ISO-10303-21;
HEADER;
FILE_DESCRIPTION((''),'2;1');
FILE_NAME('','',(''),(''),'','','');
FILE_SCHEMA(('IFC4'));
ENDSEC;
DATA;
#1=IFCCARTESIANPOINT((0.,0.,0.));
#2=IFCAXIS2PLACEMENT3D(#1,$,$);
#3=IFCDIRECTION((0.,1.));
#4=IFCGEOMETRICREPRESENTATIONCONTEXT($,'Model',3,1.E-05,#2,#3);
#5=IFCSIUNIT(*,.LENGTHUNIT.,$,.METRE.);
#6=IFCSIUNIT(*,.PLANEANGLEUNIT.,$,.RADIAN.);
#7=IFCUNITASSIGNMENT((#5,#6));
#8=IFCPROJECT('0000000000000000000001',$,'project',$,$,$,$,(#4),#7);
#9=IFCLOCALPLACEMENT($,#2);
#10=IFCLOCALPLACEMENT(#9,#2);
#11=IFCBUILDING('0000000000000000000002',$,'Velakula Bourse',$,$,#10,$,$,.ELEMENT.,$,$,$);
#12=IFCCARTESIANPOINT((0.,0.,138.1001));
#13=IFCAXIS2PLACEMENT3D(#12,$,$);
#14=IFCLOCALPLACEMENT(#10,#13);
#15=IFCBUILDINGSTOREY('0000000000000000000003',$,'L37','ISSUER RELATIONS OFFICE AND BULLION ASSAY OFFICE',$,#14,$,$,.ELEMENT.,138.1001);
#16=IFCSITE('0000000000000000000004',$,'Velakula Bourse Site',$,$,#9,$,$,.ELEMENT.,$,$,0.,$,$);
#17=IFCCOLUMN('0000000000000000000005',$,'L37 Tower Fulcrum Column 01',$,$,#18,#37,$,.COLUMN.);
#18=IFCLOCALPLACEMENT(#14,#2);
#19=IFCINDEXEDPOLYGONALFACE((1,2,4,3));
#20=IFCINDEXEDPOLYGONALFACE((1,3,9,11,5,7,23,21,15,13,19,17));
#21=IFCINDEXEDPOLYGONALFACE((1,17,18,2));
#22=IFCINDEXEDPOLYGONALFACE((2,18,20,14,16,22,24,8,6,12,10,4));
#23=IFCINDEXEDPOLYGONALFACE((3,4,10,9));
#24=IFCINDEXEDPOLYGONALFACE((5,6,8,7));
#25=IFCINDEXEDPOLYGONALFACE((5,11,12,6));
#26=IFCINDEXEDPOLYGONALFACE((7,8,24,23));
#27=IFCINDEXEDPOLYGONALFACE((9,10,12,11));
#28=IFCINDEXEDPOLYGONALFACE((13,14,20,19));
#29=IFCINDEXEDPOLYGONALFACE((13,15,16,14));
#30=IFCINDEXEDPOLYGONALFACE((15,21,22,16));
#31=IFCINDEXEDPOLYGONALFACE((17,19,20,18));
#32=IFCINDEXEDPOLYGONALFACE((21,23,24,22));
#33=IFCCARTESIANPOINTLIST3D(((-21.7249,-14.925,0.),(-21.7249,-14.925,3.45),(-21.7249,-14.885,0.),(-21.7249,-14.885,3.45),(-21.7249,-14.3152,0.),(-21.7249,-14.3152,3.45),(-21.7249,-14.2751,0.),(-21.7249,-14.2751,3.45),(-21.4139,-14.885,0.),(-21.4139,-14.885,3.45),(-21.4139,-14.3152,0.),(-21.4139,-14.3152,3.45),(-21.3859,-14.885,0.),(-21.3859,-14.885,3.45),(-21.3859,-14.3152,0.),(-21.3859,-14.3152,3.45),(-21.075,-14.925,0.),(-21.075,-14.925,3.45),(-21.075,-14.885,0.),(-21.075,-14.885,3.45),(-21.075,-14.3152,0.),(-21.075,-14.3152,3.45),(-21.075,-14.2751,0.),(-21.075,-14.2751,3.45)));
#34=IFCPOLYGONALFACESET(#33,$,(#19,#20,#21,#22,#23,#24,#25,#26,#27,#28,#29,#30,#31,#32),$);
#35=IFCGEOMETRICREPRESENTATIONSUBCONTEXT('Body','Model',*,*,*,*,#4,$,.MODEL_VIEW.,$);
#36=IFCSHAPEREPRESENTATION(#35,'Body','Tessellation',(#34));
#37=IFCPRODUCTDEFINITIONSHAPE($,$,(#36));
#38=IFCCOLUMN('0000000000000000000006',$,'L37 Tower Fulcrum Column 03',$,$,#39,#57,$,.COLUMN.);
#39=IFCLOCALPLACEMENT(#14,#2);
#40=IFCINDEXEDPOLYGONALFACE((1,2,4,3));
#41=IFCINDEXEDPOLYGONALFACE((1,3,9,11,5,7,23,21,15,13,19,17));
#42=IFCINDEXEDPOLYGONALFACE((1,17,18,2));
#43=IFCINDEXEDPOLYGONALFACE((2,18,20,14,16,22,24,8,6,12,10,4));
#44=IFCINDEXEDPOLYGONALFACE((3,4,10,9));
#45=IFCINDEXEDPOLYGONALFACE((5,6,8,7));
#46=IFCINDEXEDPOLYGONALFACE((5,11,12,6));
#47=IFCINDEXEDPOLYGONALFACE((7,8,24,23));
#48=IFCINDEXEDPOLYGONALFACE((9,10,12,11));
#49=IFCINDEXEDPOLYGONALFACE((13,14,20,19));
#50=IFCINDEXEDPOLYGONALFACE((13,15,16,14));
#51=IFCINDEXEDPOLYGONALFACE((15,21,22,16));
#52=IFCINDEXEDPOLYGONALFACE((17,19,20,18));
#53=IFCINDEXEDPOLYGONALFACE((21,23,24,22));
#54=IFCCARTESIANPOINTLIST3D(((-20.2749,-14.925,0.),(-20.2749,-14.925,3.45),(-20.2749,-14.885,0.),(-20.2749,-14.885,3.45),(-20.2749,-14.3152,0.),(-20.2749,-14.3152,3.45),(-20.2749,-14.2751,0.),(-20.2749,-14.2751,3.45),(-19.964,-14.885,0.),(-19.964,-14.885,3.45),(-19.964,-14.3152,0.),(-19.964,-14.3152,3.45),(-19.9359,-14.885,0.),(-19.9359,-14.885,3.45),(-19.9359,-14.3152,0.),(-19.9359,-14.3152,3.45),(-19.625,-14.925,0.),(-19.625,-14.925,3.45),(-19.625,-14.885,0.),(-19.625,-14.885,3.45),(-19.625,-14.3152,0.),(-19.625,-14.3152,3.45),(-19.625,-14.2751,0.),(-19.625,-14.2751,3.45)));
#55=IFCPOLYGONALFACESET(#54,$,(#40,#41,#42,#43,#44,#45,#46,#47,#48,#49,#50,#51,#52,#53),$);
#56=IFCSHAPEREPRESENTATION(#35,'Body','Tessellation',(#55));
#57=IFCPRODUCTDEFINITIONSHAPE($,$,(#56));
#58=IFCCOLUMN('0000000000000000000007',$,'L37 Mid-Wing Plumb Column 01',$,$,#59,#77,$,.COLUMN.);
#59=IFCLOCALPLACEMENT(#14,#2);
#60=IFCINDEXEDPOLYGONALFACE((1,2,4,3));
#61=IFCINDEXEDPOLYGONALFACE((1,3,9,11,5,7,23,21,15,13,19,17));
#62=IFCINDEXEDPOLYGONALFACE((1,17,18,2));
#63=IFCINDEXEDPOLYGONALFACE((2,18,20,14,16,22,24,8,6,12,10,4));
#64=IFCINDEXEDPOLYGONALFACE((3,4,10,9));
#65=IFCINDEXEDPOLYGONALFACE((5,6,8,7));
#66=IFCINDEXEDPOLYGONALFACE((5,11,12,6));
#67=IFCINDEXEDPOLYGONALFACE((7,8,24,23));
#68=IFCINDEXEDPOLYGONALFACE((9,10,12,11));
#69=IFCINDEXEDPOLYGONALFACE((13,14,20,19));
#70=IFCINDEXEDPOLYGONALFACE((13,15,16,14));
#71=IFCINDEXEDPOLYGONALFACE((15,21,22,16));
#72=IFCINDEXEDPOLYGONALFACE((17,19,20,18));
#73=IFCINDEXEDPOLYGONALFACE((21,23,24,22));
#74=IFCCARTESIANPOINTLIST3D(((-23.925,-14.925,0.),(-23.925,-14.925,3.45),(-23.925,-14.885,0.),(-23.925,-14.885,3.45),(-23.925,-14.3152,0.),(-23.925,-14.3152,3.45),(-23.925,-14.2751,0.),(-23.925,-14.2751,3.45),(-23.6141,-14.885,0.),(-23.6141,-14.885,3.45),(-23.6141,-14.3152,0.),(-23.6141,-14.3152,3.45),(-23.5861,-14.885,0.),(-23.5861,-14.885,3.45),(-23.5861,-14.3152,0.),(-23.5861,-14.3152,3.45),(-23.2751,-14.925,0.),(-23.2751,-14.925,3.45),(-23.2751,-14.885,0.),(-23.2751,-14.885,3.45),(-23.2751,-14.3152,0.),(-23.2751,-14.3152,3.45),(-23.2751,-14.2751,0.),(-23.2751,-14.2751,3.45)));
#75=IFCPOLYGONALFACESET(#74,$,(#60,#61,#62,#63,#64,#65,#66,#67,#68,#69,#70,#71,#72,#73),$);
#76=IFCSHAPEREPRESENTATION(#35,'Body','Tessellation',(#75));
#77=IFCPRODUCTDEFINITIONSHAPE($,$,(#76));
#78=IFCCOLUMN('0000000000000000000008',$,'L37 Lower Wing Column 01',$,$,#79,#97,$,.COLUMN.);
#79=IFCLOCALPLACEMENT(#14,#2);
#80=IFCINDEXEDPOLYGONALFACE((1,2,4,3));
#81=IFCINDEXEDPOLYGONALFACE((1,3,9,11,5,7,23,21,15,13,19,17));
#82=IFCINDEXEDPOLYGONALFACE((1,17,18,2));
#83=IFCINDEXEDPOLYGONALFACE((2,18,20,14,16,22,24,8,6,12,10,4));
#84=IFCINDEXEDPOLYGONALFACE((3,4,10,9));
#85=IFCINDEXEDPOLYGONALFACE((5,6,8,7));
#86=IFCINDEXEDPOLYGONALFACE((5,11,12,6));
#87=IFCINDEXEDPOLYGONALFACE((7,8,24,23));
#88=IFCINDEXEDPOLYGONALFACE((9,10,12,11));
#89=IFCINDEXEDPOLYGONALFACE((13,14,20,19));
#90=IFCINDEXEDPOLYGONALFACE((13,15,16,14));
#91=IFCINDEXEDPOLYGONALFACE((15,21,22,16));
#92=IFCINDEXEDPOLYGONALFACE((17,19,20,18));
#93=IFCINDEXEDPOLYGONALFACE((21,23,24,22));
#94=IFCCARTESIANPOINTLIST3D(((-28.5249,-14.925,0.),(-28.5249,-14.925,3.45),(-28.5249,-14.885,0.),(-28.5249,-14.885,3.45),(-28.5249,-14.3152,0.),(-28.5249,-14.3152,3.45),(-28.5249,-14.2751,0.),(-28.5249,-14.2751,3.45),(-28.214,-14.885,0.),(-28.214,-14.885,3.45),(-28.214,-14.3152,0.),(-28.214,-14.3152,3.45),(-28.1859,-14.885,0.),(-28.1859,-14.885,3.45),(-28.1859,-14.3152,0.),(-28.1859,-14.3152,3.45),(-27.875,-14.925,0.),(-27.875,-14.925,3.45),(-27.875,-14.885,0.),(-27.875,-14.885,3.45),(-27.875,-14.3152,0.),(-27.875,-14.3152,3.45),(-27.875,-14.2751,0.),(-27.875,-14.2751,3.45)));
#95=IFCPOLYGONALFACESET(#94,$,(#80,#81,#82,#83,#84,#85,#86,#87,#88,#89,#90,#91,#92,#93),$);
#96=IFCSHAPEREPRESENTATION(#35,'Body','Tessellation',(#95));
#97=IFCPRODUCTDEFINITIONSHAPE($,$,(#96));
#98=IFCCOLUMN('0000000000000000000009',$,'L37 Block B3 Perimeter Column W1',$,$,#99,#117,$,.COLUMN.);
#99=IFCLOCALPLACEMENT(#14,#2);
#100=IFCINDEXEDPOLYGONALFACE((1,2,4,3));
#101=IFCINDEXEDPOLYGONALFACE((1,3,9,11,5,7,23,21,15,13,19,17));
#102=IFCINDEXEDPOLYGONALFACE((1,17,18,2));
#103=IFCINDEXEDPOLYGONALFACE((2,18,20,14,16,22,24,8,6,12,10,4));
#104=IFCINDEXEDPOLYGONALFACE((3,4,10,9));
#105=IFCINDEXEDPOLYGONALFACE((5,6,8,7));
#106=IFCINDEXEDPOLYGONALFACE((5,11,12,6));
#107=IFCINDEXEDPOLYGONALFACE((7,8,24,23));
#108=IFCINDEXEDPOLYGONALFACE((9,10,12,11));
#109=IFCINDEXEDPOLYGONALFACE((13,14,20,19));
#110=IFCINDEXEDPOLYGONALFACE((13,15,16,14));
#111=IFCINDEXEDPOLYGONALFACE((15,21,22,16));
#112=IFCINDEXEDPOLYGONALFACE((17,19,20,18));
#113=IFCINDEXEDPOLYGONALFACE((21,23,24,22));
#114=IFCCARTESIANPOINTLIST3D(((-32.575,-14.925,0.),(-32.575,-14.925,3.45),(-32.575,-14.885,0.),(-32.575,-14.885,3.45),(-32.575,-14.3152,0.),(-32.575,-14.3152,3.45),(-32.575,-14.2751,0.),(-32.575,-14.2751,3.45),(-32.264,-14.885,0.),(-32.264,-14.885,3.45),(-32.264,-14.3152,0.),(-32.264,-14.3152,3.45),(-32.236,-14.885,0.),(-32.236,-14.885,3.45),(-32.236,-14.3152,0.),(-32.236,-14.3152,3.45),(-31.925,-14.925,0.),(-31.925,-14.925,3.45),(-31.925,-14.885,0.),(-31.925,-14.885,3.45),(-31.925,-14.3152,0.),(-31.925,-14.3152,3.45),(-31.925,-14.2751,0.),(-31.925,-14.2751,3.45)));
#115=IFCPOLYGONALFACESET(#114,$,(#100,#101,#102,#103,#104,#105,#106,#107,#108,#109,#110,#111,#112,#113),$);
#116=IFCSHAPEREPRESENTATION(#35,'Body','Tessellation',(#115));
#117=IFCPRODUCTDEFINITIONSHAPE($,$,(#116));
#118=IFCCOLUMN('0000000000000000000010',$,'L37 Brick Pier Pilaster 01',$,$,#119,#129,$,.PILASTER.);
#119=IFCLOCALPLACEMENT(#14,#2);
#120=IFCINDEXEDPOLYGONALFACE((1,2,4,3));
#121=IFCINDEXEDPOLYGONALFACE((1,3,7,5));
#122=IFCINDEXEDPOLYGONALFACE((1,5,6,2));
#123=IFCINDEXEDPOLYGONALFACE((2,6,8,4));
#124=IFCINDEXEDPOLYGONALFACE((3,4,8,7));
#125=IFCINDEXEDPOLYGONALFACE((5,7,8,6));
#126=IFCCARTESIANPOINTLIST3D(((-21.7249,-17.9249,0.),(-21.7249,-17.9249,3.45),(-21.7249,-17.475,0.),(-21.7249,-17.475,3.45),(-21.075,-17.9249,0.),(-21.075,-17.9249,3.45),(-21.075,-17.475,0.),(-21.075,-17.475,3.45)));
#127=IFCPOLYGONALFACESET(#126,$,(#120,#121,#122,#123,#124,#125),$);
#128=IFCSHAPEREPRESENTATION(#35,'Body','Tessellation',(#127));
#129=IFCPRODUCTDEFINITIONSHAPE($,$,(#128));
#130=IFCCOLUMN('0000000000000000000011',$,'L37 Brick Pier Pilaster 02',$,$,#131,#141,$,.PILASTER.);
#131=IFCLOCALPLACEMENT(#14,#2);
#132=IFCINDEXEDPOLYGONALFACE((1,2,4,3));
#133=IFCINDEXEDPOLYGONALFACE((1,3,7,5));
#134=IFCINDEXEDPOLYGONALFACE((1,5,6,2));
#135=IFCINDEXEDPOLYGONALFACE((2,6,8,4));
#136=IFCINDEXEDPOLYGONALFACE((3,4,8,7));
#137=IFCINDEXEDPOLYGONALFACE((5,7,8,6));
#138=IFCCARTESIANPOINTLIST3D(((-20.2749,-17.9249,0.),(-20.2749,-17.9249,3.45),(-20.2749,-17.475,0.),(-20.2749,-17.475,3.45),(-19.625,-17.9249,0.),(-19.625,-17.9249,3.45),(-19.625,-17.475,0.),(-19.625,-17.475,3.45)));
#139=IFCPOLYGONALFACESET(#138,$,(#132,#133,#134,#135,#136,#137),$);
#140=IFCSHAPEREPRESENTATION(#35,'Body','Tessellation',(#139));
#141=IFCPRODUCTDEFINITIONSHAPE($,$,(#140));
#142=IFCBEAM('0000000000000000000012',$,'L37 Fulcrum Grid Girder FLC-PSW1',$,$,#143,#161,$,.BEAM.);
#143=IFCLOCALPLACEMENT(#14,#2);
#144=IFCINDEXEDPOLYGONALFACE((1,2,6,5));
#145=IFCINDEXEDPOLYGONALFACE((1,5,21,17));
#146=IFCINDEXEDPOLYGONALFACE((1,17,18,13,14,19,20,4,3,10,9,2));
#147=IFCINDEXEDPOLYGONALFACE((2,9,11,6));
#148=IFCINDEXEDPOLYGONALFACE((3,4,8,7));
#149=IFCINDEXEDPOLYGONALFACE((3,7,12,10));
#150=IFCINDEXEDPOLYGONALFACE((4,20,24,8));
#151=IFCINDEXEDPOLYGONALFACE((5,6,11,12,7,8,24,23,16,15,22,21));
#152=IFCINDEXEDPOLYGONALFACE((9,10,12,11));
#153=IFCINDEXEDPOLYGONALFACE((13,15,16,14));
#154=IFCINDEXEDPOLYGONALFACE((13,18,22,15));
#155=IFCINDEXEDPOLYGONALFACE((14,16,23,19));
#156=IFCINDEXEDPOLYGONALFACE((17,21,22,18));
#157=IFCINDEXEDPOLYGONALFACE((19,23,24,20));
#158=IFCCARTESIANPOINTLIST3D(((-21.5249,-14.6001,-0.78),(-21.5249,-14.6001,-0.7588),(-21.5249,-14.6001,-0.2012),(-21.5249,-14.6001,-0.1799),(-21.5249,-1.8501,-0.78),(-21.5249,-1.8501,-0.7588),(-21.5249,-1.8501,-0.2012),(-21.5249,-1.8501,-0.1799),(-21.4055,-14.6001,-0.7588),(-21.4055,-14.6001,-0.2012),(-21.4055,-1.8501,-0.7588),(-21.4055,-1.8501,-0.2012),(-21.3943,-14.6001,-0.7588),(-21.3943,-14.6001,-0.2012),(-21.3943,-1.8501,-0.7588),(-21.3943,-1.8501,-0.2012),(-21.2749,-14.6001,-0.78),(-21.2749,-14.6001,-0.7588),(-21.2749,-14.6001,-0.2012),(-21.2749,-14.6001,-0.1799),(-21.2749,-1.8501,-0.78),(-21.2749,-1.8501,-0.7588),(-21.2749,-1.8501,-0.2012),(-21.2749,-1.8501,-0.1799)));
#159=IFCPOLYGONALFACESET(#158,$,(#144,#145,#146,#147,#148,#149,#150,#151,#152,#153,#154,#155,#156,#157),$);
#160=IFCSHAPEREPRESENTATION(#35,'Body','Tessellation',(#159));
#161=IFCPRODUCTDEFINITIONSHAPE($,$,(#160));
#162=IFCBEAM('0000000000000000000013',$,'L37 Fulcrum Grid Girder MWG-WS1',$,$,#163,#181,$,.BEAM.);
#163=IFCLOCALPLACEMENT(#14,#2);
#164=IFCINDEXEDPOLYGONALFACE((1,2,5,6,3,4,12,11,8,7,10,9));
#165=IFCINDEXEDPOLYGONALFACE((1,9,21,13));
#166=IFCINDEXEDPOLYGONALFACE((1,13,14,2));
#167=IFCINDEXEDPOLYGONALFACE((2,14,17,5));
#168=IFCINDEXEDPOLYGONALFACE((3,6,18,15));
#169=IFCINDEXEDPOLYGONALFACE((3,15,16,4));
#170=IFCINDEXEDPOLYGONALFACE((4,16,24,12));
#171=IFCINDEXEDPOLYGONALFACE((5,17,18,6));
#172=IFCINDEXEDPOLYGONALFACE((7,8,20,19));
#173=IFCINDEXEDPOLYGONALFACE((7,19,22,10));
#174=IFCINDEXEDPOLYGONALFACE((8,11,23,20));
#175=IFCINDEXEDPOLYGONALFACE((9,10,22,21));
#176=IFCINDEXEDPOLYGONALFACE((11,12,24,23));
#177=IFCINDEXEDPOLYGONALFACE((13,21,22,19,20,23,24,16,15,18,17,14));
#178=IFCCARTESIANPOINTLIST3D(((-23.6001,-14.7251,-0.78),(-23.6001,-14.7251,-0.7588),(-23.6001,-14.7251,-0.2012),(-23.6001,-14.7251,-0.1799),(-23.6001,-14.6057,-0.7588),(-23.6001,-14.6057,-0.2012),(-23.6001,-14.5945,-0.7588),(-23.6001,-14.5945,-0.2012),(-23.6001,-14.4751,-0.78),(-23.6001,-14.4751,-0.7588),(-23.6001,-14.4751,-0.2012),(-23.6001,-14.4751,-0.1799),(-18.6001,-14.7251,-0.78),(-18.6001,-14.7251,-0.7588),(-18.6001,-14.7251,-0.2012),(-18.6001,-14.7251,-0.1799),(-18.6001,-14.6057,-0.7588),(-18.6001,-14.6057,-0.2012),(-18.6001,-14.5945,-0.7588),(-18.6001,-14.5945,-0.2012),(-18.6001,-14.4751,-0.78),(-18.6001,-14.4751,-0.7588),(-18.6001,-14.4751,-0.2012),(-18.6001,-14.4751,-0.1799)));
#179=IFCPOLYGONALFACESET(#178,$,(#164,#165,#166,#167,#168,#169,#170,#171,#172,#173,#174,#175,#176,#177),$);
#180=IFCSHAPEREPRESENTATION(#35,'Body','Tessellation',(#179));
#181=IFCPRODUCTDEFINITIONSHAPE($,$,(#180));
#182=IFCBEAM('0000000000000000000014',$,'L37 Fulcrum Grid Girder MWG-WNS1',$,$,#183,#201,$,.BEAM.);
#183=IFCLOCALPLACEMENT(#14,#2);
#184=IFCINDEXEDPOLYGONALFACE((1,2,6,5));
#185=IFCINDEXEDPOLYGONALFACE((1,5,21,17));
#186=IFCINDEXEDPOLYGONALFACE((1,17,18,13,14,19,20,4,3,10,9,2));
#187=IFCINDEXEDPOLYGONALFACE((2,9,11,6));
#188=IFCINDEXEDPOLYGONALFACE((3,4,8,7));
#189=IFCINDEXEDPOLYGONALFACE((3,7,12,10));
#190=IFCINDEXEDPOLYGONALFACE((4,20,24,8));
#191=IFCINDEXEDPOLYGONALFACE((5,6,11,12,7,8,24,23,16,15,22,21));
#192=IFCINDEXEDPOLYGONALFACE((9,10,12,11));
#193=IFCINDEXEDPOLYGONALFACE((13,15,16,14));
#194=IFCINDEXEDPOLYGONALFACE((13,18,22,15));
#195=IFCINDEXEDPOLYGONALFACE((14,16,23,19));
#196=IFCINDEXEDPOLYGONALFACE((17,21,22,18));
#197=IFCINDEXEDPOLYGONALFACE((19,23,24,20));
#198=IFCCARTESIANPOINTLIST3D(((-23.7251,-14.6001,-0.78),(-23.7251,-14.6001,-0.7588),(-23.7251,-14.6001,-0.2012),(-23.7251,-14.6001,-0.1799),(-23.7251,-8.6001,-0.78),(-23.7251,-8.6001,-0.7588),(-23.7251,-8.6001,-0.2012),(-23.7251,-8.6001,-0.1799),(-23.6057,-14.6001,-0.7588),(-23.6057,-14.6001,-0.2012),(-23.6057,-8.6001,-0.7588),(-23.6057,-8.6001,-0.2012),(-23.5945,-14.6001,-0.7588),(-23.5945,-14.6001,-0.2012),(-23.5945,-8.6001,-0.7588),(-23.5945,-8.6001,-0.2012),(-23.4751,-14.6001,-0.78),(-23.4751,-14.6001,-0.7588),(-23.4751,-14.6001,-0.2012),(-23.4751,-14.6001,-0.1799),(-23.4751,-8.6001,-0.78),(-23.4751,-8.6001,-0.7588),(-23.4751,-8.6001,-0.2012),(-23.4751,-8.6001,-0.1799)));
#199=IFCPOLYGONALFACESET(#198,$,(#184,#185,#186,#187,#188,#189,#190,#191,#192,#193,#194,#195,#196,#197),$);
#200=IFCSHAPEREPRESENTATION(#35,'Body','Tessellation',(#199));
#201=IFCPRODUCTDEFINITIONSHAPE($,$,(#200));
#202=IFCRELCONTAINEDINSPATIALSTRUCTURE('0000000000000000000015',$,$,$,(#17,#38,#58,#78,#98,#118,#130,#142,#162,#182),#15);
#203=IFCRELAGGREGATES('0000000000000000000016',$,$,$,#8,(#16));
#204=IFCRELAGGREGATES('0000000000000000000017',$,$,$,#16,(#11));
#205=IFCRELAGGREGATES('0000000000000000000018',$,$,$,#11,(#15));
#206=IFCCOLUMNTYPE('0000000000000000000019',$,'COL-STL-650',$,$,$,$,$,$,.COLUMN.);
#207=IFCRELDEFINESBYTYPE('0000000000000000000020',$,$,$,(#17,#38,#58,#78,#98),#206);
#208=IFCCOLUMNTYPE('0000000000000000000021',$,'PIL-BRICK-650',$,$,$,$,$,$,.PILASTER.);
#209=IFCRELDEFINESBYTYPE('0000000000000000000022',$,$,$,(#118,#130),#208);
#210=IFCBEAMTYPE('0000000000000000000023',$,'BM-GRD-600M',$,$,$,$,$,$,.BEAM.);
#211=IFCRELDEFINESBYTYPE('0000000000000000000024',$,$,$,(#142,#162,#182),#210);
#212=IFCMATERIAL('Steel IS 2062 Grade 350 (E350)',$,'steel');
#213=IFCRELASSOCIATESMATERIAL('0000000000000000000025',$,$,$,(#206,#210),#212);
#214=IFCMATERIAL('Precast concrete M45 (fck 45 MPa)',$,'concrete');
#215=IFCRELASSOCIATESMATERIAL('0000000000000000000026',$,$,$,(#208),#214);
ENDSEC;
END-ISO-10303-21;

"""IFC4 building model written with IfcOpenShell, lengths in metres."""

from ifc_helpers import new_model, si_unit, direction, frame, origin, origin_2d, place, context, subcontext, project, spatial, rectangle, i_section, extrude, material, material_profile, profile_set, type_object, element, save


model = new_model("IFC4")

# Units and contexts
model_context = context("Model", 3, precision=1e-05, world=origin(), true_north=direction((0.0, 1.0)))
body_context = subcontext(model_context, "Body", "Model", "MODEL_VIEW")
ifc_project = project(units=[si_unit("LENGTHUNIT", "METRE"), si_unit("PLANEANGLEUNIT", "RADIAN")], contexts=[model_context])

# Site, building, storey
site_placement = place(None, origin())
site = spatial("IfcSite", under=ifc_project, at=site_placement, Name="Velakula Bourse Site", CompositionType="ELEMENT", RefElevation=0.0)
building_placement = place(site_placement, origin())
building = spatial("IfcBuilding", under=site, at=building_placement, Name="Velakula Bourse", CompositionType="ELEMENT")
storey_placement = place(building_placement, frame((0.0, 0.0, 138.1001)))
storey = spatial("IfcBuildingStorey", under=building, at=storey_placement, Name="L37", Description="ISSUER RELATIONS OFFICE AND BULLION ASSAY OFFICE", CompositionType="ELEMENT", Elevation=138.1001)

# Columns
ifc_material_1 = material(Name="Steel IS 2062 Grade 350 (E350)", Category="steel")
ifc_material_profile_1 = material_profile(ifc_material_1, i_section(OverallWidth=0.6499, OverallDepth=0.6499, WebThickness=0.0281, FlangeThickness=0.04, at=origin_2d()), Name="Steel IS 2062 Grade 350 (E350)")
ifc_profile_set_1 = profile_set([ifc_material_profile_1], Name="Steel IS 2062 Grade 350 (E350)")
column_type_1 = type_object("IfcColumnType", Name="COL-STL-650", PredefinedType="COLUMN", material=ifc_profile_set_1)
for number, where, z_axis, x_axis, name in (
    (1, (-21.3999, -14.6001, 0.0), (0.0, 0.0, 1.0), (1.0, 0.0, 0.0), "L37 Tower Fulcrum Column 01"),
    (2, (-19.95, -14.6001, 0.0), (0.0, 0.0, 1.0), (1.0, 0.0, 0.0), "L37 Tower Fulcrum Column 03"),
    (3, (-23.6001, -14.6001, 0.0), (0.0, 0.0, 1.0), (1.0, 0.0, 0.0), "L37 Mid-Wing Plumb Column 01"),
    (4, (-28.2, -14.6001, 0.0), (0.0, 0.0, 1.0), (1.0, 0.0, 0.0), "L37 Lower Wing Column 01"),
    (5, (-32.25, -14.6001, 0.0), (0.0, 0.0, 1.0), (1.0, 0.0, 0.0), "L37 Block B3 Perimeter Column W1"),
):
    element("IfcColumn", number, at=place(storey_placement, frame(where, z_axis=z_axis, x_axis=x_axis)), inside=storey, type_object=column_type_1, Name=name, PredefinedType="COLUMN", context=body_context, shape_type="SweptSolid", body=[
        extrude(i_section(OverallWidth=0.6499, OverallDepth=0.6499, WebThickness=0.0281, FlangeThickness=0.04, at=origin_2d()), origin(), (0.0, 0.0, 1.0), 3.45),
    ])
ifc_material_2 = material(Name="Precast concrete M45 (fck 45 MPa)", Category="concrete")
ifc_material_profile_2 = material_profile(ifc_material_2, rectangle(XDim=0.6499, YDim=0.45, at=origin_2d()), Name="Precast concrete M45 (fck 45 MPa)")
ifc_profile_set_2 = profile_set([ifc_material_profile_2], Name="Precast concrete M45 (fck 45 MPa)")
column_type_2 = type_object("IfcColumnType", Name="PIL-BRICK-650", PredefinedType="PILASTER", material=ifc_profile_set_2)
for number, where, z_axis, x_axis, name in (
    (6, (-21.3999, -17.7, 0.0), (0.0, 0.0, 1.0), (1.0, 0.0, 0.0), "L37 Brick Pier Pilaster 01"),
    (7, (-19.95, -17.7, 0.0), (0.0, 0.0, 1.0), (1.0, 0.0, 0.0), "L37 Brick Pier Pilaster 02"),
):
    element("IfcColumn", number, at=place(storey_placement, frame(where, z_axis=z_axis, x_axis=x_axis)), inside=storey, type_object=column_type_2, Name=name, PredefinedType="PILASTER", context=body_context, shape_type="SweptSolid", body=[
        extrude(rectangle(XDim=0.6499, YDim=0.45, at=origin_2d()), origin(), (0.0, 0.0, 1.0), 3.45),
    ])

# Beams
ifc_material_profile_3 = material_profile(ifc_material_1, i_section(OverallWidth=0.25, OverallDepth=0.6001, WebThickness=0.0112, FlangeThickness=0.0212, at=origin_2d()), Name="Steel IS 2062 Grade 350 (E350)")
ifc_profile_set_3 = profile_set([ifc_material_profile_3], Name="Steel IS 2062 Grade 350 (E350)")
beam_type_1 = type_object("IfcBeamType", Name="BM-GRD-600M", PredefinedType="BEAM", material=ifc_profile_set_3)
beam_1_placement = place(storey_placement, frame((-21.3999, -14.6001, -0.48), z_axis=(0.0, 1.0, 0.0), x_axis=(-1.0, 0.0, 0.0)))
element("IfcBeam", 8, at=beam_1_placement, inside=storey, type_object=beam_type_1, Name="L37 Fulcrum Grid Girder FLC-PSW1", PredefinedType="BEAM", context=body_context, shape_type="SweptSolid", body=[
    extrude(i_section(OverallWidth=0.25, OverallDepth=0.6001, WebThickness=0.0112, FlangeThickness=0.0212, at=origin_2d()), origin(), (0.0, 0.0, 1.0), 12.75),
])
beam_2_placement = place(storey_placement, frame((-23.6001, -14.6001, -0.48), z_axis=(1.0, 0.0, 0.0), x_axis=(0.0, 1.0, 0.0)))
element("IfcBeam", 9, at=beam_2_placement, inside=storey, type_object=beam_type_1, Name="L37 Fulcrum Grid Girder MWG-WS1", PredefinedType="BEAM", context=body_context, shape_type="SweptSolid", body=[
    extrude(i_section(OverallWidth=0.25, OverallDepth=0.6001, WebThickness=0.0112, FlangeThickness=0.0212, at=origin_2d()), origin(), (0.0, 0.0, 1.0), 5.0),
])
beam_3_placement = place(storey_placement, frame((-23.6001, -14.6001, -0.48), z_axis=(0.0, 1.0, 0.0), x_axis=(-1.0, 0.0, 0.0)))
element("IfcBeam", 10, at=beam_3_placement, inside=storey, type_object=beam_type_1, Name="L37 Fulcrum Grid Girder MWG-WNS1", PredefinedType="BEAM", context=body_context, shape_type="SweptSolid", body=[
    extrude(i_section(OverallWidth=0.25, OverallDepth=0.6001, WebThickness=0.0112, FlangeThickness=0.0212, at=origin_2d()), origin(), (0.0, 0.0, 1.0), 6.0),
])

save(model, "model.ifc")
